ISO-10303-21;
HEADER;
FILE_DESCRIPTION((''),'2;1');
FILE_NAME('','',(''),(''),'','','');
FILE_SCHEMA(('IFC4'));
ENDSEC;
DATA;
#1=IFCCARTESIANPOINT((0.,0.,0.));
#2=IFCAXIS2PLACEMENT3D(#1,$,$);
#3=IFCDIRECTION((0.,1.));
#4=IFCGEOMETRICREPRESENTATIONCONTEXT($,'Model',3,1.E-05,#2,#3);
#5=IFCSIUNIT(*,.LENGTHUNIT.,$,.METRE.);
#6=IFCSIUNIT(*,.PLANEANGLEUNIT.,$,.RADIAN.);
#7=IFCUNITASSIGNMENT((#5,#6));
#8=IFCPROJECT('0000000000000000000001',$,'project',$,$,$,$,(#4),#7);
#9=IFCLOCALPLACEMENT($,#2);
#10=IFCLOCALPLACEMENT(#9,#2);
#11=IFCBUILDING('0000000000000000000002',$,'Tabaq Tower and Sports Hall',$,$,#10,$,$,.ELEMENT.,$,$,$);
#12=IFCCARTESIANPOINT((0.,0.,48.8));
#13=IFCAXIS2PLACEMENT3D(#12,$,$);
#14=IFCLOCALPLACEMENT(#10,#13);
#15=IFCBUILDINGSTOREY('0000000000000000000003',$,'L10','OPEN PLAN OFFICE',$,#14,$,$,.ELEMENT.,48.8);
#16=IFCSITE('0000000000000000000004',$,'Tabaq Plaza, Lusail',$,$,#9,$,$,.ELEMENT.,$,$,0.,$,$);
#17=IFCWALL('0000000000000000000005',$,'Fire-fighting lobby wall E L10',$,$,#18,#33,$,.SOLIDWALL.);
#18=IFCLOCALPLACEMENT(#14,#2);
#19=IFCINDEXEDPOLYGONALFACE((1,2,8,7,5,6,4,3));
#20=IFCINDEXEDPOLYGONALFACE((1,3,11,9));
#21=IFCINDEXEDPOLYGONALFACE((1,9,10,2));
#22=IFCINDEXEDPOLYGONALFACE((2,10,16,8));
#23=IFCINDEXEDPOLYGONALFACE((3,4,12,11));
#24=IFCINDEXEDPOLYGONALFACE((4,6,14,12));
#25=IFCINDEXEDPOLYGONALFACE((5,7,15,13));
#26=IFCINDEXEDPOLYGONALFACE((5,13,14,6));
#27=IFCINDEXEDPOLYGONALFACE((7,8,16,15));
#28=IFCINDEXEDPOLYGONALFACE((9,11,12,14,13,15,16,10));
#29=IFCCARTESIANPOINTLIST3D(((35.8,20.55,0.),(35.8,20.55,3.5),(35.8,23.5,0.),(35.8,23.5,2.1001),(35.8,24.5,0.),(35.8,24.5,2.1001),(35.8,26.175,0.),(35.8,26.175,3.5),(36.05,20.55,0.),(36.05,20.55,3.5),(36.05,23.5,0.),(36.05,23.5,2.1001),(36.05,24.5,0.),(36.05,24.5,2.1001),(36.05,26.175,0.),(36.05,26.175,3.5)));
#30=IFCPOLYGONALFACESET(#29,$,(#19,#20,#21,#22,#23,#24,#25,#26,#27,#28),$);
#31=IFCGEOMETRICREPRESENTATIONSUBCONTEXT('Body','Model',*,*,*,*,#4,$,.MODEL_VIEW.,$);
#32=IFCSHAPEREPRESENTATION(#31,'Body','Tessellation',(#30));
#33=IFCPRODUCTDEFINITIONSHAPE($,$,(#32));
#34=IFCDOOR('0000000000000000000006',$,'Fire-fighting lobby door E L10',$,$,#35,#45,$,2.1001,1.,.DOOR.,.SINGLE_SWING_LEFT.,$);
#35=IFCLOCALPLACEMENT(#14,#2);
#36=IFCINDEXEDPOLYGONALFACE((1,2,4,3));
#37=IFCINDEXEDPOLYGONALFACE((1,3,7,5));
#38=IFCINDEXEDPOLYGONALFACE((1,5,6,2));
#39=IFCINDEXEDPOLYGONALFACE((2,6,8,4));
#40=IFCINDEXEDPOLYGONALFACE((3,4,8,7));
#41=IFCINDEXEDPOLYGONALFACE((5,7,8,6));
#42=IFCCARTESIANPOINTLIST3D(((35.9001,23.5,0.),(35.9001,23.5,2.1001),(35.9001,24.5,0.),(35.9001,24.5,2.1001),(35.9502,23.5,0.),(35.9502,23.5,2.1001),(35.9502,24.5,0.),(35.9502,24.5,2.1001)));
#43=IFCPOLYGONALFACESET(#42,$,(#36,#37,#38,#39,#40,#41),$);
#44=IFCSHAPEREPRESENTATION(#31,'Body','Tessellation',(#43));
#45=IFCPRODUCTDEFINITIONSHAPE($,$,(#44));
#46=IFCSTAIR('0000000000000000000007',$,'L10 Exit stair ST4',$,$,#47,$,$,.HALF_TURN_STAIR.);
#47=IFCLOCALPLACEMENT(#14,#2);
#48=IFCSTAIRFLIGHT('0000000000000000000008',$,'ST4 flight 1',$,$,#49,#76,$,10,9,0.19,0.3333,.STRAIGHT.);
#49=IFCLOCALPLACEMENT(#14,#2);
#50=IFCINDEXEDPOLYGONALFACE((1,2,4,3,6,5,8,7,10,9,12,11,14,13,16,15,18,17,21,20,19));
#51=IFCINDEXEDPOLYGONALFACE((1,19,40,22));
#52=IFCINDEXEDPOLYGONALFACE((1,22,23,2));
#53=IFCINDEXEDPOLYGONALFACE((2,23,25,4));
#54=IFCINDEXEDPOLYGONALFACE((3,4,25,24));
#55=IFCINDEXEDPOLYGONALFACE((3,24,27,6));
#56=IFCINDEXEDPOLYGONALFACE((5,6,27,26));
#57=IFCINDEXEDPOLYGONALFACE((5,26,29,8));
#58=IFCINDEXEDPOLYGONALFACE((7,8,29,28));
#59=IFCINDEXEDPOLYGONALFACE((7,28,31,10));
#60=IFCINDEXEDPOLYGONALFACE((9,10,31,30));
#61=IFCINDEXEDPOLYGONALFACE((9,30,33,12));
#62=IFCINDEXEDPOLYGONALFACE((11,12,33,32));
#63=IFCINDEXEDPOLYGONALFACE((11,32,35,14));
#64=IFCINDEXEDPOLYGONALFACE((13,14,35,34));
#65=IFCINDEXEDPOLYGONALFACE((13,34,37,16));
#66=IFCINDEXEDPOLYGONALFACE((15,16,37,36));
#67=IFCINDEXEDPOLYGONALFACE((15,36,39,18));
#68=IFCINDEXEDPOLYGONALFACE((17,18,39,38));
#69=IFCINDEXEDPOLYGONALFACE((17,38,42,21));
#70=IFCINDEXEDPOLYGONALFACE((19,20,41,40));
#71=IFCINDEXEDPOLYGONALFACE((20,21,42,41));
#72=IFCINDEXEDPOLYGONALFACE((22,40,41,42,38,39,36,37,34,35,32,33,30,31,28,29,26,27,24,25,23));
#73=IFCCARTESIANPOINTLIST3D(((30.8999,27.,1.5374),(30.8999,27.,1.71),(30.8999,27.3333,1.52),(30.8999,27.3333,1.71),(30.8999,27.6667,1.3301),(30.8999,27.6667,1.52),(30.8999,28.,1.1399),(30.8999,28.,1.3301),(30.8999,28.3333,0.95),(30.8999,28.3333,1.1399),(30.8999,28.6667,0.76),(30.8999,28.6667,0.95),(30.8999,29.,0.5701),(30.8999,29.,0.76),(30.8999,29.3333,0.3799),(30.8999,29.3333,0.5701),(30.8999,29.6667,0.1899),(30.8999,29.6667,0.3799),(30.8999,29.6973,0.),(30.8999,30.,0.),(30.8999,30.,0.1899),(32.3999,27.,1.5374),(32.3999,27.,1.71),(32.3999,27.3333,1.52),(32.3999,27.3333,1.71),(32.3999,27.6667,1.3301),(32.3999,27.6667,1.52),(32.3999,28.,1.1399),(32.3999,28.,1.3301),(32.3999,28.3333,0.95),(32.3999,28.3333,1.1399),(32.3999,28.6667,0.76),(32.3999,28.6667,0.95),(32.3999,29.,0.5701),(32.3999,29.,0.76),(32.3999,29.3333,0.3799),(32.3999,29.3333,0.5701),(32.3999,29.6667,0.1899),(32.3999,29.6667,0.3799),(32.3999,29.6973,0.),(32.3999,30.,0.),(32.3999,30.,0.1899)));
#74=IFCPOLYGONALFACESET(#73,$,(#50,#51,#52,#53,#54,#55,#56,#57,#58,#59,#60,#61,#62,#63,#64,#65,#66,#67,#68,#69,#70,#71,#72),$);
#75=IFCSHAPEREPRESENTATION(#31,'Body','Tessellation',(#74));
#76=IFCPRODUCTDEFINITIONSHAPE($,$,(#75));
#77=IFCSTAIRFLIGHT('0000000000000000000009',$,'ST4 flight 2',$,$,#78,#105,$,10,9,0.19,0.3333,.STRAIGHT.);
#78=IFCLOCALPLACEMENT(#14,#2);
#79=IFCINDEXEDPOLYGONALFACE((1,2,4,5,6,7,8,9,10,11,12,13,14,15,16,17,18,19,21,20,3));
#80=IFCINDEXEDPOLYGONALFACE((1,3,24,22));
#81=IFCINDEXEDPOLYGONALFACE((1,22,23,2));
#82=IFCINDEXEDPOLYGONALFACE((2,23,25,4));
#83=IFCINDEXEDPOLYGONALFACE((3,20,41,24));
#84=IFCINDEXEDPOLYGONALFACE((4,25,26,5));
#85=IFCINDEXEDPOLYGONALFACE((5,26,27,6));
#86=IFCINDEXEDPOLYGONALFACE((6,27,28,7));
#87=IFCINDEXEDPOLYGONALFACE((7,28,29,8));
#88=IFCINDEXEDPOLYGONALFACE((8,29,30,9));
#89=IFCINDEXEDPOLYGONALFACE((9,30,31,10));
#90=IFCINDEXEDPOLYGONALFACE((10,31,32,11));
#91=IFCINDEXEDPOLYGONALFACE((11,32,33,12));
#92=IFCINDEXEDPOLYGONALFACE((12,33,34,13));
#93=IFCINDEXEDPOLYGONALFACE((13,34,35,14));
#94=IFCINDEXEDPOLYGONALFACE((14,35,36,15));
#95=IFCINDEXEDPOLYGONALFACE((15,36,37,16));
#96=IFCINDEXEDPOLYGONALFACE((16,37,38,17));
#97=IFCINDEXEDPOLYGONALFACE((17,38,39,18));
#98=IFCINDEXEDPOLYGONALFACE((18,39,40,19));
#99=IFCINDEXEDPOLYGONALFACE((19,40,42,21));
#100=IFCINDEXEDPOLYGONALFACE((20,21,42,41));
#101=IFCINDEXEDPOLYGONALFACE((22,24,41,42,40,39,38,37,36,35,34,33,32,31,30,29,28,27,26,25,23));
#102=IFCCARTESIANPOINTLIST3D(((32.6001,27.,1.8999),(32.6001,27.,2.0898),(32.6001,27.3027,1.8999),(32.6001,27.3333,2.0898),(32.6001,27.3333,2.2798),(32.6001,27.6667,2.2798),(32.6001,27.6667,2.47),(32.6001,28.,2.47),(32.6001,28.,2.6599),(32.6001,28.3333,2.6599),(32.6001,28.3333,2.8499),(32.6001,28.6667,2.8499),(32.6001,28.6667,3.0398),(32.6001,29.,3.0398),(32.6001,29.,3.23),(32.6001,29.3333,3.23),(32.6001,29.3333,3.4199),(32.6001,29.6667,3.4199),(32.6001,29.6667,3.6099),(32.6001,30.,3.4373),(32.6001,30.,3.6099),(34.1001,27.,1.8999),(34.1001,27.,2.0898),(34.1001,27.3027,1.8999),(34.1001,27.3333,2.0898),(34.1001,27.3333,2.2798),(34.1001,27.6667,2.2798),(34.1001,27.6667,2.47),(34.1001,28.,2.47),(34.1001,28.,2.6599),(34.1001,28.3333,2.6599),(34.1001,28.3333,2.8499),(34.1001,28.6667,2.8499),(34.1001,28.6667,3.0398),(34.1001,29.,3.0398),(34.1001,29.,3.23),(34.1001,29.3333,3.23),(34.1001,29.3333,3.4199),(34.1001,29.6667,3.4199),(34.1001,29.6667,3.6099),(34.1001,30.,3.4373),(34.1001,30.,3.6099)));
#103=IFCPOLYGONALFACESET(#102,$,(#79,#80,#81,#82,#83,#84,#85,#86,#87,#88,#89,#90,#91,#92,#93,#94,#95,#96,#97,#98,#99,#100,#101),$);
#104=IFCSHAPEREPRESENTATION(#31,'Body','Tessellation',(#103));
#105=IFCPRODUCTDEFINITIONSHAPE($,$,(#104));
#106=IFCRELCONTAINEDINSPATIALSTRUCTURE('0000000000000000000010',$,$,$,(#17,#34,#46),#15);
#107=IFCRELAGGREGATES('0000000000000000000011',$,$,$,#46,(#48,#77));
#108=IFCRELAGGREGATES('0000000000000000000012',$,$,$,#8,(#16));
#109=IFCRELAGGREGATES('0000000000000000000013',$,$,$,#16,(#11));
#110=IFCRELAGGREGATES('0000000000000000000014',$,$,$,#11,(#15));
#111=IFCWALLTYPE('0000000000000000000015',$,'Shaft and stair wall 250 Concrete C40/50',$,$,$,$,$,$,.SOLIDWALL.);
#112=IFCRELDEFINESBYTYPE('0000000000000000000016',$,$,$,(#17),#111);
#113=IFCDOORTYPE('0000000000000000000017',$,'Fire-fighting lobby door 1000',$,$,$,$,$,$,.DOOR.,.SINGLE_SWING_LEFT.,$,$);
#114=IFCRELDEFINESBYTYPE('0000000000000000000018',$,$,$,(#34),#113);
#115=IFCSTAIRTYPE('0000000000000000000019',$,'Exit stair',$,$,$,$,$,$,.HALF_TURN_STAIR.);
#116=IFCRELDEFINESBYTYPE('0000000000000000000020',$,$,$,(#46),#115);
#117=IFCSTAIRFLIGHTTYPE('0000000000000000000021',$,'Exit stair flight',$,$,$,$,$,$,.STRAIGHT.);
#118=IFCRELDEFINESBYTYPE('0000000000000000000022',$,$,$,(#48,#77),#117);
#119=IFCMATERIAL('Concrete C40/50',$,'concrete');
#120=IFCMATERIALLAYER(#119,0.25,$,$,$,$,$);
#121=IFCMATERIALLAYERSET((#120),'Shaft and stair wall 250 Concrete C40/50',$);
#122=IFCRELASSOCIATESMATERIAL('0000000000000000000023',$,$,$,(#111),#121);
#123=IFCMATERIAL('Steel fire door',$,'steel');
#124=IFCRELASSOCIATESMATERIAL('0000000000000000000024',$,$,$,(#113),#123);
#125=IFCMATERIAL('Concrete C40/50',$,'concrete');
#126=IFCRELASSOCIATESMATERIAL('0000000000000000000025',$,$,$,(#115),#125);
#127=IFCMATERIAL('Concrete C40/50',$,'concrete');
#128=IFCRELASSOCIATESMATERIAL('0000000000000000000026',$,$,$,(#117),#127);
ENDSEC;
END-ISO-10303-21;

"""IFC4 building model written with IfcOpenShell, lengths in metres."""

from ifc_helpers import new_model, si_unit, direction, frame, frame_2d, origin, place, context, subcontext, project, spatial, polyline, rectangle, outline, extrude, material, layer, layer_set, type_object, element, fill, aggregate, save


model = new_model("IFC4")

# Units and contexts
model_context = context("Model", 3, precision=1e-05, world=origin(), true_north=direction((0.0, 1.0)))
body_context = subcontext(model_context, "Body", "Model", "MODEL_VIEW")
ifc_project = project(units=[si_unit("LENGTHUNIT", "METRE"), si_unit("PLANEANGLEUNIT", "RADIAN")], contexts=[model_context])

# Site, building, storey
site_placement = place(None, origin())
site = spatial("IfcSite", under=ifc_project, at=site_placement, Name="Tabaq Plaza, Lusail", CompositionType="ELEMENT", RefElevation=0.0)
building_placement = place(site_placement, origin())
building = spatial("IfcBuilding", under=site, at=building_placement, Name="Tabaq Tower and Sports Hall", CompositionType="ELEMENT")
storey_placement = place(building_placement, frame((0.0, 0.0, 48.8)))
storey = spatial("IfcBuildingStorey", under=building, at=storey_placement, Name="L10", Description="OPEN PLAN OFFICE", CompositionType="ELEMENT", Elevation=48.8)

# Shared definitions
ifc_material_1 = material(Name="Concrete C40/50", Category="concrete")
ifc_layer_1 = layer(ifc_material_1, 0.25)
ifc_layer_set_1 = layer_set([ifc_layer_1], Name="Shaft and stair wall 250 Concrete C40/50")
wall_type_1 = type_object("IfcWallType", Name="Shaft and stair wall 250 Concrete C40/50", PredefinedType="SOLIDWALL", material=ifc_layer_set_1)

# Shared definitions
ifc_material_2 = material(Name="Steel fire door", Category="steel")
door_type_1 = type_object("IfcDoorType", Name="Fire-fighting lobby door 1000", OperationType="SINGLE_SWING_LEFT", PredefinedType="DOOR", material=ifc_material_2)

# Wall, opening, door
wall_1_placement = place(storey_placement, frame((35.925, 20.55, 0.0), z_axis=(0.0, 0.0, 1.0), x_axis=(0.0, 1.0, 0.0)))
wall_1 = element("IfcWall", 1, at=wall_1_placement, inside=storey, type_object=wall_type_1, Name="Fire-fighting lobby wall E L10", PredefinedType="SOLIDWALL", context=body_context, shape_type="SweptSolid", body=[
    extrude(rectangle(XDim=5.625, YDim=0.25, at=frame_2d((2.8125, 0.0))), origin(), (0.0, 0.0, 1.0), 3.5),
])
opening_1_placement = place(wall_1_placement, frame((2.95, 0.0, 0.0)))
opening_1 = element("IfcOpeningElement", 2, at=opening_1_placement, cuts=wall_1, PredefinedType="OPENING", context=body_context, shape_type="SweptSolid", body=[
    extrude(rectangle(XDim=1.0, YDim=2.1001, at=frame_2d((0.5, 1.05))), frame((0.0, 0.125, 0.0), z_axis=(0.0, -1.0, 0.0), x_axis=(1.0, 0.0, 0.0)), (0.0, 0.0, 1.0), 0.25),
])
door_1_placement = place(opening_1_placement, origin())
door_1 = element("IfcDoor", 3, at=door_1_placement, inside=storey, type_object=door_type_1, Name="Fire-fighting lobby door E L10", OperationType="SINGLE_SWING_LEFT", OverallHeight=2.1001, OverallWidth=1.0, PredefinedType="DOOR", context=body_context, shape_type="SweptSolid", body=[
    extrude(rectangle(XDim=1.0, YDim=2.1001, at=frame_2d((0.5, 1.05))), frame((0.0, 0.0249, 0.0), z_axis=(0.0, -1.0, 0.0), x_axis=(1.0, 0.0, 0.0)), (0.0, 0.0, 1.0), 0.05),
])
fill(opening_1, door_1)

# Stair, stair flights
ifc_material_3 = material(Name="Concrete C40/50", Category="concrete")
stair_type = type_object("IfcStairType", Name="Exit stair", PredefinedType="HALF_TURN_STAIR", material=ifc_material_3)
stair_placement = place(storey_placement, origin())
stair = element("IfcStair", 4, at=stair_placement, inside=storey, type_object=stair_type, Name="L10 Exit stair ST4", PredefinedType="HALF_TURN_STAIR")
ifc_material_4 = material(Name="Concrete C40/50", Category="concrete")
stair_flight_type = type_object("IfcStairFlightType", Name="Exit stair flight", PredefinedType="STRAIGHT", material=ifc_material_4)
stair_flight_1_placement = place(storey_placement, frame((31.6499, 30.0, 0.0), z_axis=(0.0, 0.0, 1.0), x_axis=(0.0, -1.0, 0.0)))
stair_flight_1 = element("IfcStairFlight", 5, at=stair_flight_1_placement, type_object=stair_flight_type, Name="ST4 flight 1", NumberOfRisers=10, NumberOfTreads=9, PredefinedType="STRAIGHT", RiserHeight=0.19, TreadLength=0.3333, context=body_context, shape_type="SweptSolid", body=[
    extrude(outline(polyline([(0.0, 0.0), (0.0, 0.1899), (0.3333, 0.1899), (0.3333, 0.3799), (0.6667, 0.3799), (0.6667, 0.5701), (1.0, 0.5701), (1.0, 0.76), (1.3333, 0.76), (1.3333, 0.95), (1.6667, 0.95), (1.6667, 1.1399), (2.0, 1.1399), (2.0, 1.3301), (2.3333, 1.3301), (2.3333, 1.52), (2.6667, 1.52), (2.6667, 1.71), (3.0, 1.71), (3.0, 1.8999), (3.0, 1.5374), (0.3027, 0.0), (0.0, 0.0)])), frame((0.0, 0.75, 0.0), z_axis=(0.0, -1.0, 0.0), x_axis=(1.0, 0.0, 0.0)), (0.0, 0.0, 1.0), 1.5),
])
stair_flight_2_placement = place(storey_placement, frame((33.3501, 27.0, 1.8999), z_axis=(0.0, 0.0, 1.0), x_axis=(0.0, 1.0, 0.0)))
stair_flight_2 = element("IfcStairFlight", 6, at=stair_flight_2_placement, type_object=stair_flight_type, Name="ST4 flight 2", NumberOfRisers=10, NumberOfTreads=9, PredefinedType="STRAIGHT", RiserHeight=0.19, TreadLength=0.3333, context=body_context, shape_type="SweptSolid", body=[
    extrude(outline(polyline([(0.0, 0.0), (0.0, 0.1899), (0.3333, 0.1899), (0.3333, 0.3799), (0.6667, 0.3799), (0.6667, 0.5701), (1.0, 0.5701), (1.0, 0.76), (1.3333, 0.76), (1.3333, 0.95), (1.6667, 0.95), (1.6667, 1.1399), (2.0, 1.1399), (2.0, 1.3301), (2.3333, 1.3301), (2.3333, 1.52), (2.6667, 1.52), (2.6667, 1.71), (3.0, 1.71), (3.0, 1.8999), (3.0, 1.5374), (0.3027, 0.0), (0.0, 0.0)])), frame((0.0, 0.75, 0.0), z_axis=(0.0, -1.0, 0.0), x_axis=(1.0, 0.0, 0.0)), (0.0, 0.0, 1.0), 1.5),
])
aggregate(stair, [stair_flight_1, stair_flight_2])

save(model, "model.ifc")
